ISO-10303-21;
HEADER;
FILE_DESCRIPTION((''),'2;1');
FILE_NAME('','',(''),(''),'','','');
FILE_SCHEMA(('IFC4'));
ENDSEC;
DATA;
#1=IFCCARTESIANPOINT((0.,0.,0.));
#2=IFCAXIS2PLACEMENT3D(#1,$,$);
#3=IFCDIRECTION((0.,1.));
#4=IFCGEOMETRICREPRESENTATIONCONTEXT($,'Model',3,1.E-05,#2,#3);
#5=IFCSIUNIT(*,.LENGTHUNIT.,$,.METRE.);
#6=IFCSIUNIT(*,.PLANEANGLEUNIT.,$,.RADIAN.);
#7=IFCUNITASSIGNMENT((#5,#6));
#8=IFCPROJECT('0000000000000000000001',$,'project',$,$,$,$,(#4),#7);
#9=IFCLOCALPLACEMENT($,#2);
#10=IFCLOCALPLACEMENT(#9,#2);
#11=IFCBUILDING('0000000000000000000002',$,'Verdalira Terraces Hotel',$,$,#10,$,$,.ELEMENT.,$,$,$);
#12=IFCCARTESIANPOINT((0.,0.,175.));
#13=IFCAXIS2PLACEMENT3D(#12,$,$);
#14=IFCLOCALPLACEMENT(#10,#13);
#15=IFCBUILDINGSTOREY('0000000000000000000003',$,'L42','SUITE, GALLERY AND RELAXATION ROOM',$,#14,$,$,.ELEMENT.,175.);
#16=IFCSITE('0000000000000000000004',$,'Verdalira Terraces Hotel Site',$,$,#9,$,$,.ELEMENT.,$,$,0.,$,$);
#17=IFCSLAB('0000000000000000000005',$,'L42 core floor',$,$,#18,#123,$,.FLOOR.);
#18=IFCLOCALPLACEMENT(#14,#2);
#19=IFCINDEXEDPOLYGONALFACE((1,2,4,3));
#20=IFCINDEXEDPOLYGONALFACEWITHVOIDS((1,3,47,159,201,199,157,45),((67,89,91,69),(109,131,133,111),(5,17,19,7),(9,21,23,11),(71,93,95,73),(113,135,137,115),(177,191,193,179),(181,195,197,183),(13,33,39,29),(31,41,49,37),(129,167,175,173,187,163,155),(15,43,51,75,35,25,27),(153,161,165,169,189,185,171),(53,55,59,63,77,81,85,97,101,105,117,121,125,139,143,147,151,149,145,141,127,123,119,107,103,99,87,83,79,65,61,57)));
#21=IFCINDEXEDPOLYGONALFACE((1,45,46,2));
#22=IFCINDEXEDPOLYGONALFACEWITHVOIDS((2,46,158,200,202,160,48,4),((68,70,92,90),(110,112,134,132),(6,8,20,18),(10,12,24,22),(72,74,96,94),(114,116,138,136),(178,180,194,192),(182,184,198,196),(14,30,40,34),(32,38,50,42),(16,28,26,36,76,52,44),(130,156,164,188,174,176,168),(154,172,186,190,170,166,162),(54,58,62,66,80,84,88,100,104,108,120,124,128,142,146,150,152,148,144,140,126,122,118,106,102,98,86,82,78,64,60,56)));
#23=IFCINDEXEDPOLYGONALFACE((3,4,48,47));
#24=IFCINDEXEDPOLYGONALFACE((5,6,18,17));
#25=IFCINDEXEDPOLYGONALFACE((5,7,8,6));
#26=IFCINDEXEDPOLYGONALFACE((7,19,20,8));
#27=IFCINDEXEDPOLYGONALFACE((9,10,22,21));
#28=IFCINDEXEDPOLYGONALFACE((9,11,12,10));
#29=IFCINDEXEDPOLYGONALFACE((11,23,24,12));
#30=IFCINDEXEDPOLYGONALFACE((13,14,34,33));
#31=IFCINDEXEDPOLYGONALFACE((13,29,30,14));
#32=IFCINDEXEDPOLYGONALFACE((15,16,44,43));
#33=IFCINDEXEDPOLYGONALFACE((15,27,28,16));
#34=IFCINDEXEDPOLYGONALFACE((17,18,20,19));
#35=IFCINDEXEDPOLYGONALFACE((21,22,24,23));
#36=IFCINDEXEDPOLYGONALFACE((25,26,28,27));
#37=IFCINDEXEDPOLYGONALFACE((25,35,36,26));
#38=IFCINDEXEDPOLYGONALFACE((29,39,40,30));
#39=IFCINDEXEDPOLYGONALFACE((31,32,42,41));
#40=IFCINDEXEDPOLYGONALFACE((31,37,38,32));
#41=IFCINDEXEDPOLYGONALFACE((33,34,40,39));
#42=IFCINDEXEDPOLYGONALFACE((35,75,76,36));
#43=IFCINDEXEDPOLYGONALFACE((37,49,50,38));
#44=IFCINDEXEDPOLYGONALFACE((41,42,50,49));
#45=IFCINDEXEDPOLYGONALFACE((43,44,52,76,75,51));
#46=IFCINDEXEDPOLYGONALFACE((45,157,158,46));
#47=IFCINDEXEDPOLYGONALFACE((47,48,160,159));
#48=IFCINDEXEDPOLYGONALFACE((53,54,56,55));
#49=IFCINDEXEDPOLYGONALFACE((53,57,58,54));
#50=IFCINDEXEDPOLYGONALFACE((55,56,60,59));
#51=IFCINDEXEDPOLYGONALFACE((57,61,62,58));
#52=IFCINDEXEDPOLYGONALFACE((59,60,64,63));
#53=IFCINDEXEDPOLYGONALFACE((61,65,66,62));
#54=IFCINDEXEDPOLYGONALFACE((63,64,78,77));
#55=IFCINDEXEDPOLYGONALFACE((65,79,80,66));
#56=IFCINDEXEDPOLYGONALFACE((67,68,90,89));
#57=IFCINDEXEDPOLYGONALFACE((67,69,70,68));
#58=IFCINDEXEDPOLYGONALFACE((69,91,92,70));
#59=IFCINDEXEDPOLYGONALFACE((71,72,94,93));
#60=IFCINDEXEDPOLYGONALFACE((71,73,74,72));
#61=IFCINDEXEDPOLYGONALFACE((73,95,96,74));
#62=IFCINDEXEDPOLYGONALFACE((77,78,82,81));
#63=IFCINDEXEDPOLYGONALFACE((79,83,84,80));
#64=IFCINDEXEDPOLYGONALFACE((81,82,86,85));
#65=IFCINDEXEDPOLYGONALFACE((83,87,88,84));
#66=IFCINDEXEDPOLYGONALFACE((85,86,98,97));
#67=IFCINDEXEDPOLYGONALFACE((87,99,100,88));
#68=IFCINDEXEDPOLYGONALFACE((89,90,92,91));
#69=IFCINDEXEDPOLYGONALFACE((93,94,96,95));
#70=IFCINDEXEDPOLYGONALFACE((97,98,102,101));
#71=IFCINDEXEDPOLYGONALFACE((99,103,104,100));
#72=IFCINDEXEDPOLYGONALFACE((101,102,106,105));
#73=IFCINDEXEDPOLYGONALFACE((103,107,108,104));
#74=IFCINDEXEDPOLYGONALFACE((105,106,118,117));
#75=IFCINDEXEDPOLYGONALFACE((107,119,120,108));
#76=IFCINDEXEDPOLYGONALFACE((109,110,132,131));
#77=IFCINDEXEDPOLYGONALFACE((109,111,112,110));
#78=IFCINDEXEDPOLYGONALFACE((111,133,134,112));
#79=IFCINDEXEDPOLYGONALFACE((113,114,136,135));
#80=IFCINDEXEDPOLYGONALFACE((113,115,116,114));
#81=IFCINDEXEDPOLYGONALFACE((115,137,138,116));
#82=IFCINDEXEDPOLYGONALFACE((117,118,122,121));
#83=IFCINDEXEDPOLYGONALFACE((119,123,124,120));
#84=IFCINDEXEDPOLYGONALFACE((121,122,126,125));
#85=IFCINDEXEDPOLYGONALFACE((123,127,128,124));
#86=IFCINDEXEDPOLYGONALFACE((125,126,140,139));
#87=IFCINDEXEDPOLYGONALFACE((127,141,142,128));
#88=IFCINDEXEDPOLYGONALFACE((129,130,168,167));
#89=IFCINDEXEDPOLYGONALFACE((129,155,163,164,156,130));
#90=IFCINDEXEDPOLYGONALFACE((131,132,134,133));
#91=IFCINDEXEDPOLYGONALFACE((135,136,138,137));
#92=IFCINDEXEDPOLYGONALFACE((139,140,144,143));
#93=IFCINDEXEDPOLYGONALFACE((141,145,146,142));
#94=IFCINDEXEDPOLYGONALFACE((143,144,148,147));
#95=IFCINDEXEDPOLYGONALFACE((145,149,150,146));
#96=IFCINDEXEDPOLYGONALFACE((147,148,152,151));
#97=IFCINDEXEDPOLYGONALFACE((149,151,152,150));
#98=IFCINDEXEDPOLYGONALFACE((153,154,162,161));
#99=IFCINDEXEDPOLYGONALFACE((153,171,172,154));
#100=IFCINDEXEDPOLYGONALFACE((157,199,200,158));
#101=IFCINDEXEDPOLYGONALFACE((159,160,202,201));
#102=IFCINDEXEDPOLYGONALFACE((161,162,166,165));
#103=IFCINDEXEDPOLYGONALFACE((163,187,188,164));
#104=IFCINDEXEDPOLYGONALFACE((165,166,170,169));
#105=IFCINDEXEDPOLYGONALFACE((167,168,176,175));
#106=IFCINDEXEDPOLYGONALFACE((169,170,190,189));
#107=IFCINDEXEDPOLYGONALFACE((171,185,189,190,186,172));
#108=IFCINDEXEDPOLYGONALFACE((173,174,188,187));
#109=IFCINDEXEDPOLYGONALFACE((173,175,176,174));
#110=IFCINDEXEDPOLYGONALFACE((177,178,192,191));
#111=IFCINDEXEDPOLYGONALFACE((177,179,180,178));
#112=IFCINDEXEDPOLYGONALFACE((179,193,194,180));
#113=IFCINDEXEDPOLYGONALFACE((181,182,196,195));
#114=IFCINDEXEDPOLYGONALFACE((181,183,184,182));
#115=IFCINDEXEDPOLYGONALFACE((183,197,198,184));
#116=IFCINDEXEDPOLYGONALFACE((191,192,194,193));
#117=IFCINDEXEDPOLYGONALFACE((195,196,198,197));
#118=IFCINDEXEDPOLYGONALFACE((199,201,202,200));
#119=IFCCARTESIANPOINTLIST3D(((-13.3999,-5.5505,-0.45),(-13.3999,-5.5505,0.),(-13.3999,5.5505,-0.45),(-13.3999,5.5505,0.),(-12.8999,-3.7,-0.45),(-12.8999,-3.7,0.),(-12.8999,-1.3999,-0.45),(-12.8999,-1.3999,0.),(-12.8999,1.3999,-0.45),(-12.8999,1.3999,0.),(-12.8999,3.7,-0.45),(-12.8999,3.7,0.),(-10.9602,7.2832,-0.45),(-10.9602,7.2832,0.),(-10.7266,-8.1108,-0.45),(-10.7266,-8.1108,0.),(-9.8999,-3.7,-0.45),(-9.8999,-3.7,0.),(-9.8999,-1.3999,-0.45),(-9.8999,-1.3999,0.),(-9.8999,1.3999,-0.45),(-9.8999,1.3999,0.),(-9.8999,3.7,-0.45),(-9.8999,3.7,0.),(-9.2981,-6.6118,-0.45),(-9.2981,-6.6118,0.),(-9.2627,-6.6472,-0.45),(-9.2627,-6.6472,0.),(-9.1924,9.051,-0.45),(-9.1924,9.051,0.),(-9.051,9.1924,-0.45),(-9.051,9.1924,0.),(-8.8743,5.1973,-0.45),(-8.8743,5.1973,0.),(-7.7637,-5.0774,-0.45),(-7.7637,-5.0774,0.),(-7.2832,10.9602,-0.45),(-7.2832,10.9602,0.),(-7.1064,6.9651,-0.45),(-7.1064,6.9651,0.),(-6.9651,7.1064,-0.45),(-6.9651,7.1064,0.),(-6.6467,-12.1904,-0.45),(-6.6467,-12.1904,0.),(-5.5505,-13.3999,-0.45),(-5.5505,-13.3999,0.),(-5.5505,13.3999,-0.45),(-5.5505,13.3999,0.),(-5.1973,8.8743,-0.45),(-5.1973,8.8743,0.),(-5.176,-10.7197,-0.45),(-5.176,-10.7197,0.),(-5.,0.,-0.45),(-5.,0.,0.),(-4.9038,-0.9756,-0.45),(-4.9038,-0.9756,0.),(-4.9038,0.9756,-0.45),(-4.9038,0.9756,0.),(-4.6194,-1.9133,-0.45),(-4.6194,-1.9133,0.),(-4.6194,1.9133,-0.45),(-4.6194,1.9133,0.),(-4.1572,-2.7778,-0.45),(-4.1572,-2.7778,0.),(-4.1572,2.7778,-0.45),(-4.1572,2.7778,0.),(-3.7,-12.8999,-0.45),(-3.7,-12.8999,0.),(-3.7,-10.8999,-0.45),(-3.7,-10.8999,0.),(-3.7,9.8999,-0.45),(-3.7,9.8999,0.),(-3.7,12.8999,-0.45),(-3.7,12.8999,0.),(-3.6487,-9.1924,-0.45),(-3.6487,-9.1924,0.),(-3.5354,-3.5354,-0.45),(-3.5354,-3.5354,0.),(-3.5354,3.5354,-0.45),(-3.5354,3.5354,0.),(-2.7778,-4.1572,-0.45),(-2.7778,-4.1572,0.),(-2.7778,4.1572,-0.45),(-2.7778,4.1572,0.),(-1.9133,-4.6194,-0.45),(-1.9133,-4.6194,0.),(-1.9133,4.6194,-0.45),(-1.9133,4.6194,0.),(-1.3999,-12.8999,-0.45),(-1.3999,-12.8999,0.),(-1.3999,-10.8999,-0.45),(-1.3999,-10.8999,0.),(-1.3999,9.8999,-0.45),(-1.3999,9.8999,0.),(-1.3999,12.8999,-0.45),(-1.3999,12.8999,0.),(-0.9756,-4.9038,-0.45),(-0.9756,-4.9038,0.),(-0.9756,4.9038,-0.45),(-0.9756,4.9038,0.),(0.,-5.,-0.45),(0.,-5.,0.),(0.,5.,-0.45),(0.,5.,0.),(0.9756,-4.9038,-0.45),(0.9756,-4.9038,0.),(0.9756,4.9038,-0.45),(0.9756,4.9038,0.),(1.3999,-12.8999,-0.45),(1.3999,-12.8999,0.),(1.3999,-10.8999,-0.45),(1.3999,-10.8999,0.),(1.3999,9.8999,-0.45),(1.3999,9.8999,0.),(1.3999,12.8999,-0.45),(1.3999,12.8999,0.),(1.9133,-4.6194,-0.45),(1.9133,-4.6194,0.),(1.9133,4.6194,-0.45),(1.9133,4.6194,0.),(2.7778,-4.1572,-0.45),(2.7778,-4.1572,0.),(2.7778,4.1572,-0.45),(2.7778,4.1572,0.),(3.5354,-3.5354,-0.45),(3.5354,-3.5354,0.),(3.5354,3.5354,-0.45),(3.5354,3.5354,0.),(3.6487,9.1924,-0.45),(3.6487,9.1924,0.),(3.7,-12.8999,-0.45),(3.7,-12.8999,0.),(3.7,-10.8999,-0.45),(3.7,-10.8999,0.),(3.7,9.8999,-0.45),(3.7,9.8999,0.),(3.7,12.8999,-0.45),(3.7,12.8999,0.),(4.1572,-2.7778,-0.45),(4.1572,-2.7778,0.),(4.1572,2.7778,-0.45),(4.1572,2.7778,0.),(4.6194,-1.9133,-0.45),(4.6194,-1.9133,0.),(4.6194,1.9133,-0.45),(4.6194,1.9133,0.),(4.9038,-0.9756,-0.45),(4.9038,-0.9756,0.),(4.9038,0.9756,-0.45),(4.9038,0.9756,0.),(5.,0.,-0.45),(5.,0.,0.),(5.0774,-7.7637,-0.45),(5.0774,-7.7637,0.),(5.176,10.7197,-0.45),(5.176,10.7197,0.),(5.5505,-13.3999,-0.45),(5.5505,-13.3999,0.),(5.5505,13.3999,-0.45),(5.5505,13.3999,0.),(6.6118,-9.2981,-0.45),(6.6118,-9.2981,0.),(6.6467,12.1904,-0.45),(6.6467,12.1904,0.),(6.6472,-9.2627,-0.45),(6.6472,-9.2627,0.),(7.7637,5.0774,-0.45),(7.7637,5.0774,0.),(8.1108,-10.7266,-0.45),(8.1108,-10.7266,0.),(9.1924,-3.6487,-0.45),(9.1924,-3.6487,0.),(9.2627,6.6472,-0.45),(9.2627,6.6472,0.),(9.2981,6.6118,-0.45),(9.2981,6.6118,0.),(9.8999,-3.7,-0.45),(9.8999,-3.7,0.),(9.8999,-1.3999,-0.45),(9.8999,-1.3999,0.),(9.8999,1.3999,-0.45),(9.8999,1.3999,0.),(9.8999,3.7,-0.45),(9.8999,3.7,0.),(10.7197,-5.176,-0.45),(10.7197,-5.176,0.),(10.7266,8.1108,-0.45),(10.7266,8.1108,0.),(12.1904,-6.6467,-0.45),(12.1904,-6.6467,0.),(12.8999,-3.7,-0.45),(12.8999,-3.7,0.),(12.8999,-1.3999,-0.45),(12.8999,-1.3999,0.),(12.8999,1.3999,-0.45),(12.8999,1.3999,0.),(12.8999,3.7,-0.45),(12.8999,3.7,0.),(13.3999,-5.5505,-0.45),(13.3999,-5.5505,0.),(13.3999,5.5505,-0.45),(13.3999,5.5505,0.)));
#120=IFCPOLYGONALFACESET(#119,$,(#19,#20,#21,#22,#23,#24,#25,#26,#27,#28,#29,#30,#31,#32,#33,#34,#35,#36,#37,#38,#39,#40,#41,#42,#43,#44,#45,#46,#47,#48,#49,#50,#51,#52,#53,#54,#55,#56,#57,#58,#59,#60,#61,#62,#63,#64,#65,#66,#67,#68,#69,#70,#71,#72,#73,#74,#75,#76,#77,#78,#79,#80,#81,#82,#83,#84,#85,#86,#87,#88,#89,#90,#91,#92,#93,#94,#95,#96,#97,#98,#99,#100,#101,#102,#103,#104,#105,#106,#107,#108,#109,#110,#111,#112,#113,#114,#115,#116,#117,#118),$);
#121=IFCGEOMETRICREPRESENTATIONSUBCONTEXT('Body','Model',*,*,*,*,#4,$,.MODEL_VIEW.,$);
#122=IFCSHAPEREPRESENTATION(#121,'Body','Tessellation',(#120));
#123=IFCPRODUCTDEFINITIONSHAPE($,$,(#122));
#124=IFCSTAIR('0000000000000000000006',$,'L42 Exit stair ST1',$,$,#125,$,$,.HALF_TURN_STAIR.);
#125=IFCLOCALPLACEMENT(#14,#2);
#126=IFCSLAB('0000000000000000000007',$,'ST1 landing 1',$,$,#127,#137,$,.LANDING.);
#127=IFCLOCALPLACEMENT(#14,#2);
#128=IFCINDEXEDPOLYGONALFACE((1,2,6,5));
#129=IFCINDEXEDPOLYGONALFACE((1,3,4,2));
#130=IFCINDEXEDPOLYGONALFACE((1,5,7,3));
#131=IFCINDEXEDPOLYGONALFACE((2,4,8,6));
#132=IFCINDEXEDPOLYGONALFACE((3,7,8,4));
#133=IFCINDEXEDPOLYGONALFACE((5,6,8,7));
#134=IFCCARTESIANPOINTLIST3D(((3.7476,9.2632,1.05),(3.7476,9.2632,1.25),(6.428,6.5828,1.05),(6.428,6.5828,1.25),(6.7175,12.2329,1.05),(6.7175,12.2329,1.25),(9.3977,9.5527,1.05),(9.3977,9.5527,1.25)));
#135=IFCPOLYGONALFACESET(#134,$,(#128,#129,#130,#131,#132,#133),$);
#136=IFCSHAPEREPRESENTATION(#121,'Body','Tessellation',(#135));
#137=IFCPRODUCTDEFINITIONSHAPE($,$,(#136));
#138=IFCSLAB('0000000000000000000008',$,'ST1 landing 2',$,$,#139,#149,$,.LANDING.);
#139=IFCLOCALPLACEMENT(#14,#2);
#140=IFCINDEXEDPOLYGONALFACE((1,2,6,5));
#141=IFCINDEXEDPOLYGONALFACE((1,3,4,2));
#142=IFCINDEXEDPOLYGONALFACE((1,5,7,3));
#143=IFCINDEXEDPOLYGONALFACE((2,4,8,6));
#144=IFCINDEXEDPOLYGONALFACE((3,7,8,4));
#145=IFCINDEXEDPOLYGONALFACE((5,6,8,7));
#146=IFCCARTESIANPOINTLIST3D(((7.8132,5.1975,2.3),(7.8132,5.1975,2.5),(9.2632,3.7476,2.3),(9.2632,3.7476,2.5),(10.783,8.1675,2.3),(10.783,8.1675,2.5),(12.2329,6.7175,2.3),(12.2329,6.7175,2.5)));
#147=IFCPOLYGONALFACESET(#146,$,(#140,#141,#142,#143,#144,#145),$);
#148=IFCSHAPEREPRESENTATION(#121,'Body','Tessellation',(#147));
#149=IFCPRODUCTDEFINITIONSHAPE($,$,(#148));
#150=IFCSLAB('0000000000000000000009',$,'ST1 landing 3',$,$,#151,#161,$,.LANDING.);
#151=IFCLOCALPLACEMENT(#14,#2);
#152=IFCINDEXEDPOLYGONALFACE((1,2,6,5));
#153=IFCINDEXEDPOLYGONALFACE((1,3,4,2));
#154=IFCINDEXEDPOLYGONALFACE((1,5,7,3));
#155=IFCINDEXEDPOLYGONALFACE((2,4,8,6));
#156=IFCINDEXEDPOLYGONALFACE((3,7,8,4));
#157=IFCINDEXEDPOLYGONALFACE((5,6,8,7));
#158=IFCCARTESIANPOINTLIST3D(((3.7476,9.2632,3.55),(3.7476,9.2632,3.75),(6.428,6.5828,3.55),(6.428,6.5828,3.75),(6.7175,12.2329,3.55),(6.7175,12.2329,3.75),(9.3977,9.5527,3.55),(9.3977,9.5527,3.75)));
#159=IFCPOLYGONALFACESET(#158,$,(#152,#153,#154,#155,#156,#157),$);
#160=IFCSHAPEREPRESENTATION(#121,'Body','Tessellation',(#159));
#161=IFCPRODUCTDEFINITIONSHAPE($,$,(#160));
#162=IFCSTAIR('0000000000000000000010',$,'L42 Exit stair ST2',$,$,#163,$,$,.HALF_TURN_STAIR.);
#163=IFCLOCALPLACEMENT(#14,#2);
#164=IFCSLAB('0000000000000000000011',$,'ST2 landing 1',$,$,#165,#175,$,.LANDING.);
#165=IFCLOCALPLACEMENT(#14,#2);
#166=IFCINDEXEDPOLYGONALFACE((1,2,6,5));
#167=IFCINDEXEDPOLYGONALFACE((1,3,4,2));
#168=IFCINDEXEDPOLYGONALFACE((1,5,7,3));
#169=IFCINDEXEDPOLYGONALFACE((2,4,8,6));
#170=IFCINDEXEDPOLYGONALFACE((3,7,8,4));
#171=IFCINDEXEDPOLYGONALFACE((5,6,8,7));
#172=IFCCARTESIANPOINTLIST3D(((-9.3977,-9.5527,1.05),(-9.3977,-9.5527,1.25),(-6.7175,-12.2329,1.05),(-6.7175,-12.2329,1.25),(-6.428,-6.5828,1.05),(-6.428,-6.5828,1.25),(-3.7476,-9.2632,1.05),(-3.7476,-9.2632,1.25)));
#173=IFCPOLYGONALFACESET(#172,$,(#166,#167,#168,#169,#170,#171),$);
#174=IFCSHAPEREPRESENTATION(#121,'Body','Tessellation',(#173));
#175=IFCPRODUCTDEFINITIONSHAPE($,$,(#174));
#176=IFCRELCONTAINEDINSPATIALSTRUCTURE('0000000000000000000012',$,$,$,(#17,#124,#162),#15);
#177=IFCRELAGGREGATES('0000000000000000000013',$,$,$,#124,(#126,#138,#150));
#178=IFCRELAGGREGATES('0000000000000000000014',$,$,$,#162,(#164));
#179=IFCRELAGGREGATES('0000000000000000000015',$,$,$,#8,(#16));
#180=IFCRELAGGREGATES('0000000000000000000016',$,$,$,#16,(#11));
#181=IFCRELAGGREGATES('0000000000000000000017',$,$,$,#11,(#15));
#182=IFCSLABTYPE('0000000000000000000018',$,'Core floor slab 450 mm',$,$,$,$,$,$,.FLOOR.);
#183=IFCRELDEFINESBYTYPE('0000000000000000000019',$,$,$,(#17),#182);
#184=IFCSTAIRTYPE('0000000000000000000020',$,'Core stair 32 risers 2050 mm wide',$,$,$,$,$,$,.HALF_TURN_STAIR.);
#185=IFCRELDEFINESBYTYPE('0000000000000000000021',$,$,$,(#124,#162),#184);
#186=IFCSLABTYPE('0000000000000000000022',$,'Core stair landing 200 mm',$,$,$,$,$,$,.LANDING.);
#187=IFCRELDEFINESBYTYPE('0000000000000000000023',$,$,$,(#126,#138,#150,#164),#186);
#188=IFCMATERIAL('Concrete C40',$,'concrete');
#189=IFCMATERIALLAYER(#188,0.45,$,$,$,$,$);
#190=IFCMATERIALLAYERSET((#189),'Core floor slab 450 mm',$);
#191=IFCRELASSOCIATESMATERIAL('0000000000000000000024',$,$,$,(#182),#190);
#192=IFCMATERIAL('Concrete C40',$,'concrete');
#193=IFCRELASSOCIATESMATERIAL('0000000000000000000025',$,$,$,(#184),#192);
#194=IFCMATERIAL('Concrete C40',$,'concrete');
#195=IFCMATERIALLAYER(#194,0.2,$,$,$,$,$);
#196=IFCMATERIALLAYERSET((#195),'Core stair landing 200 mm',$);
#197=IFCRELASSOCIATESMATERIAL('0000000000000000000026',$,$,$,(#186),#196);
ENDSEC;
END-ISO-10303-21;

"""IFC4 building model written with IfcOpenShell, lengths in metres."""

from ifc_helpers import new_model, si_unit, direction, frame, origin, place, context, subcontext, project, spatial, polyline, outline, extrude, material, layer, layer_set, type_object, element, aggregate, save


model = new_model("IFC4")

# Units and contexts
model_context = context("Model", 3, precision=1e-05, world=origin(), true_north=direction((0.0, 1.0)))
body_context = subcontext(model_context, "Body", "Model", "MODEL_VIEW")
ifc_project = project(units=[si_unit("LENGTHUNIT", "METRE"), si_unit("PLANEANGLEUNIT", "RADIAN")], contexts=[model_context])

# Site, building, storey
site_placement = place(None, origin())
site = spatial("IfcSite", under=ifc_project, at=site_placement, Name="Verdalira Terraces Hotel Site", CompositionType="ELEMENT", RefElevation=0.0)
building_placement = place(site_placement, origin())
building = spatial("IfcBuilding", under=site, at=building_placement, Name="Verdalira Terraces Hotel", CompositionType="ELEMENT")
storey_placement = place(building_placement, frame((0.0, 0.0, 175.0)))
storey = spatial("IfcBuildingStorey", under=building, at=storey_placement, Name="L42", Description="SUITE, GALLERY AND RELAXATION ROOM", CompositionType="ELEMENT", Elevation=175.0)

# Slab
ifc_material_1 = material(Name="Concrete C40", Category="concrete")
ifc_layer_1 = layer(ifc_material_1, 0.45)
ifc_layer_set_1 = layer_set([ifc_layer_1], Name="Core floor slab 450 mm")
slab_type_1 = type_object("IfcSlabType", Name="Core floor slab 450 mm", PredefinedType="FLOOR", material=ifc_layer_set_1)
slab_1_placement = place(storey_placement, frame((0.0, 0.0, -0.45)))
element("IfcSlab", 1, at=slab_1_placement, inside=storey, type_object=slab_type_1, Name="L42 core floor", PredefinedType="FLOOR", context=body_context, shape_type="SweptSolid", body=[
    extrude(outline(polyline([(-5.5505, 13.3999), (5.5505, 13.3999), (13.3999, 5.5505), (13.3999, -5.5505), (5.5505, -13.3999), (-5.5505, -13.3999), (-13.3999, -5.5505), (-13.3999, 5.5505), (-5.5505, 13.3999)]), holes=[polyline([(12.8999, -3.7), (12.8999, -1.3999), (9.8999, -1.3999), (9.8999, -3.7), (12.8999, -3.7)]), polyline([(12.8999, 1.3999), (12.8999, 3.7), (9.8999, 3.7), (9.8999, 1.3999), (12.8999, 1.3999)]), polyline([(1.3999, 9.8999), (3.7, 9.8999), (3.7, 12.8999), (1.3999, 12.8999), (1.3999, 9.8999)]), polyline([(-3.7, 9.8999), (-1.3999, 9.8999), (-1.3999, 12.8999), (-3.7, 12.8999), (-3.7, 9.8999)]), polyline([(-12.8999, 3.7), (-12.8999, 1.3999), (-9.8999, 1.3999), (-9.8999, 3.7), (-12.8999, 3.7)]), polyline([(-12.8999, -1.3999), (-12.8999, -3.7), (-9.8999, -3.7), (-9.8999, -1.3999), (-12.8999, -1.3999)]), polyline([(-1.3999, -10.8999), (-3.7, -10.8999), (-3.7, -12.8999), (-1.3999, -12.8999), (-1.3999, -10.8999)]), polyline([(3.7, -10.8999), (1.3999, -10.8999), (1.3999, -12.8999), (3.7, -12.8999), (3.7, -10.8999)]), polyline([(-9.051, 9.1924), (-6.9651, 7.1064), (-5.1973, 8.8743), (-7.2832, 10.9602), (-9.051, 9.1924)]), polyline([(-9.1924, 9.051), (-10.9602, 7.2832), (-8.8743, 5.1973), (-7.1064, 6.9651), (-9.1924, 9.051)]), polyline([(3.5354, 3.5354), (2.7778, 4.1572), (1.9133, 4.6194), (0.9756, 4.9038), (0.0, 5.0), (-0.9756, 4.9038), (-1.9133, 4.6194), (-2.7778, 4.1572), (-3.5354, 3.5354), (-4.1572, 2.7778), (-4.6194, 1.9133), (-4.9038, 0.9756), (-5.0, 0.0), (-4.9038, -0.9756), (-4.6194, -1.9133), (-4.1572, -2.7778), (-3.5354, -3.5354), (-2.7778, -4.1572), (-1.9133, -4.6194), (-0.9756, -4.9038), (0.0, -5.0), (0.9756, -4.9038), (1.9133, -4.6194), (2.7778, -4.1572), (3.5354, -3.5354), (4.1572, -2.7778), (4.6194, -1.9133), (4.9038, -0.9756), (5.0, 0.0), (4.9038, 0.9756), (4.6194, 1.9133), (4.1572, 2.7778), (3.5354, 3.5354)]), polyline([(6.6467, 12.1904), (5.176, 10.7197), (5.176, 10.7197), (3.6487, 9.1924), (7.7637, 5.0774), (9.2981, 6.6118), (9.2627, 6.6472), (10.7266, 8.1108), (6.6467, 12.1904)]), polyline([(-3.6487, -9.1924), (-7.7637, -5.0774), (-9.2981, -6.6118), (-9.2627, -6.6472), (-10.7266, -8.1108), (-6.6467, -12.1904), (-5.176, -10.7197), (-5.176, -10.7197), (-3.6487, -9.1924)]), polyline([(10.7197, -5.176), (9.1924, -3.6487), (5.0774, -7.7637), (6.6118, -9.2981), (6.6472, -9.2627), (8.1108, -10.7266), (12.1904, -6.6467), (10.7197, -5.176), (10.7197, -5.176)])]), origin(), (0.0, 0.0, 1.0), 0.45),
])

# Stair, slabs
ifc_material_2 = material(Name="Concrete C40", Category="concrete")
stair_type = type_object("IfcStairType", Name="Core stair 32 risers 2050 mm wide", PredefinedType="HALF_TURN_STAIR", material=ifc_material_2)
stair_1_placement = place(storey_placement, origin())
stair_1 = element("IfcStair", 2, at=stair_1_placement, inside=storey, type_object=stair_type, Name="L42 Exit stair ST1", PredefinedType="HALF_TURN_STAIR")
ifc_material_3 = material(Name="Concrete C40", Category="concrete")
ifc_layer_2 = layer(ifc_material_3, 0.2)
ifc_layer_set_2 = layer_set([ifc_layer_2], Name="Core stair landing 200 mm")
slab_type_2 = type_object("IfcSlabType", Name="Core stair landing 200 mm", PredefinedType="LANDING", material=ifc_layer_set_2)
slab_2_placement = place(storey_placement, frame((0.0, 0.0, 1.05)))
slab_2 = element("IfcSlab", 3, at=slab_2_placement, type_object=slab_type_2, Name="ST1 landing 1", PredefinedType="LANDING", context=body_context, shape_type="SweptSolid", body=[
    extrude(outline(polyline([(9.3977, 9.5527), (6.7175, 12.2329), (3.7476, 9.2632), (6.428, 6.5828), (9.3977, 9.5527)])), origin(), (0.0, 0.0, 1.0), 0.2),
])
slab_3_placement = place(storey_placement, frame((0.0, 0.0, 2.3)))
slab_3 = element("IfcSlab", 4, at=slab_3_placement, type_object=slab_type_2, Name="ST1 landing 2", PredefinedType="LANDING", context=body_context, shape_type="SweptSolid", body=[
    extrude(outline(polyline([(12.2329, 6.7175), (10.783, 8.1675), (7.8132, 5.1975), (9.2632, 3.7476), (12.2329, 6.7175)])), origin(), (0.0, 0.0, 1.0), 0.2),
])
slab_4_placement = place(storey_placement, frame((0.0, 0.0, 3.55)))
slab_4 = element("IfcSlab", 5, at=slab_4_placement, type_object=slab_type_2, Name="ST1 landing 3", PredefinedType="LANDING", context=body_context, shape_type="SweptSolid", body=[
    extrude(outline(polyline([(9.3977, 9.5527), (6.7175, 12.2329), (3.7476, 9.2632), (6.428, 6.5828), (9.3977, 9.5527)])), origin(), (0.0, 0.0, 1.0), 0.2),
])
aggregate(stair_1, [slab_2, slab_3, slab_4])

# Stair, slab
stair_2_placement = place(storey_placement, origin())
stair_2 = element("IfcStair", 6, at=stair_2_placement, inside=storey, type_object=stair_type, Name="L42 Exit stair ST2", PredefinedType="HALF_TURN_STAIR")
slab_5_placement = place(storey_placement, frame((0.0, 0.0, 1.05)))
slab_5 = element("IfcSlab", 7, at=slab_5_placement, type_object=slab_type_2, Name="ST2 landing 1", PredefinedType="LANDING", context=body_context, shape_type="SweptSolid", body=[
    extrude(outline(polyline([(-9.3977, -9.5527), (-6.7175, -12.2329), (-3.7476, -9.2632), (-6.428, -6.5828), (-9.3977, -9.5527)])), origin(), (0.0, 0.0, 1.0), 0.2),
])
aggregate(stair_2, [slab_5])

save(model, "model.ifc")
